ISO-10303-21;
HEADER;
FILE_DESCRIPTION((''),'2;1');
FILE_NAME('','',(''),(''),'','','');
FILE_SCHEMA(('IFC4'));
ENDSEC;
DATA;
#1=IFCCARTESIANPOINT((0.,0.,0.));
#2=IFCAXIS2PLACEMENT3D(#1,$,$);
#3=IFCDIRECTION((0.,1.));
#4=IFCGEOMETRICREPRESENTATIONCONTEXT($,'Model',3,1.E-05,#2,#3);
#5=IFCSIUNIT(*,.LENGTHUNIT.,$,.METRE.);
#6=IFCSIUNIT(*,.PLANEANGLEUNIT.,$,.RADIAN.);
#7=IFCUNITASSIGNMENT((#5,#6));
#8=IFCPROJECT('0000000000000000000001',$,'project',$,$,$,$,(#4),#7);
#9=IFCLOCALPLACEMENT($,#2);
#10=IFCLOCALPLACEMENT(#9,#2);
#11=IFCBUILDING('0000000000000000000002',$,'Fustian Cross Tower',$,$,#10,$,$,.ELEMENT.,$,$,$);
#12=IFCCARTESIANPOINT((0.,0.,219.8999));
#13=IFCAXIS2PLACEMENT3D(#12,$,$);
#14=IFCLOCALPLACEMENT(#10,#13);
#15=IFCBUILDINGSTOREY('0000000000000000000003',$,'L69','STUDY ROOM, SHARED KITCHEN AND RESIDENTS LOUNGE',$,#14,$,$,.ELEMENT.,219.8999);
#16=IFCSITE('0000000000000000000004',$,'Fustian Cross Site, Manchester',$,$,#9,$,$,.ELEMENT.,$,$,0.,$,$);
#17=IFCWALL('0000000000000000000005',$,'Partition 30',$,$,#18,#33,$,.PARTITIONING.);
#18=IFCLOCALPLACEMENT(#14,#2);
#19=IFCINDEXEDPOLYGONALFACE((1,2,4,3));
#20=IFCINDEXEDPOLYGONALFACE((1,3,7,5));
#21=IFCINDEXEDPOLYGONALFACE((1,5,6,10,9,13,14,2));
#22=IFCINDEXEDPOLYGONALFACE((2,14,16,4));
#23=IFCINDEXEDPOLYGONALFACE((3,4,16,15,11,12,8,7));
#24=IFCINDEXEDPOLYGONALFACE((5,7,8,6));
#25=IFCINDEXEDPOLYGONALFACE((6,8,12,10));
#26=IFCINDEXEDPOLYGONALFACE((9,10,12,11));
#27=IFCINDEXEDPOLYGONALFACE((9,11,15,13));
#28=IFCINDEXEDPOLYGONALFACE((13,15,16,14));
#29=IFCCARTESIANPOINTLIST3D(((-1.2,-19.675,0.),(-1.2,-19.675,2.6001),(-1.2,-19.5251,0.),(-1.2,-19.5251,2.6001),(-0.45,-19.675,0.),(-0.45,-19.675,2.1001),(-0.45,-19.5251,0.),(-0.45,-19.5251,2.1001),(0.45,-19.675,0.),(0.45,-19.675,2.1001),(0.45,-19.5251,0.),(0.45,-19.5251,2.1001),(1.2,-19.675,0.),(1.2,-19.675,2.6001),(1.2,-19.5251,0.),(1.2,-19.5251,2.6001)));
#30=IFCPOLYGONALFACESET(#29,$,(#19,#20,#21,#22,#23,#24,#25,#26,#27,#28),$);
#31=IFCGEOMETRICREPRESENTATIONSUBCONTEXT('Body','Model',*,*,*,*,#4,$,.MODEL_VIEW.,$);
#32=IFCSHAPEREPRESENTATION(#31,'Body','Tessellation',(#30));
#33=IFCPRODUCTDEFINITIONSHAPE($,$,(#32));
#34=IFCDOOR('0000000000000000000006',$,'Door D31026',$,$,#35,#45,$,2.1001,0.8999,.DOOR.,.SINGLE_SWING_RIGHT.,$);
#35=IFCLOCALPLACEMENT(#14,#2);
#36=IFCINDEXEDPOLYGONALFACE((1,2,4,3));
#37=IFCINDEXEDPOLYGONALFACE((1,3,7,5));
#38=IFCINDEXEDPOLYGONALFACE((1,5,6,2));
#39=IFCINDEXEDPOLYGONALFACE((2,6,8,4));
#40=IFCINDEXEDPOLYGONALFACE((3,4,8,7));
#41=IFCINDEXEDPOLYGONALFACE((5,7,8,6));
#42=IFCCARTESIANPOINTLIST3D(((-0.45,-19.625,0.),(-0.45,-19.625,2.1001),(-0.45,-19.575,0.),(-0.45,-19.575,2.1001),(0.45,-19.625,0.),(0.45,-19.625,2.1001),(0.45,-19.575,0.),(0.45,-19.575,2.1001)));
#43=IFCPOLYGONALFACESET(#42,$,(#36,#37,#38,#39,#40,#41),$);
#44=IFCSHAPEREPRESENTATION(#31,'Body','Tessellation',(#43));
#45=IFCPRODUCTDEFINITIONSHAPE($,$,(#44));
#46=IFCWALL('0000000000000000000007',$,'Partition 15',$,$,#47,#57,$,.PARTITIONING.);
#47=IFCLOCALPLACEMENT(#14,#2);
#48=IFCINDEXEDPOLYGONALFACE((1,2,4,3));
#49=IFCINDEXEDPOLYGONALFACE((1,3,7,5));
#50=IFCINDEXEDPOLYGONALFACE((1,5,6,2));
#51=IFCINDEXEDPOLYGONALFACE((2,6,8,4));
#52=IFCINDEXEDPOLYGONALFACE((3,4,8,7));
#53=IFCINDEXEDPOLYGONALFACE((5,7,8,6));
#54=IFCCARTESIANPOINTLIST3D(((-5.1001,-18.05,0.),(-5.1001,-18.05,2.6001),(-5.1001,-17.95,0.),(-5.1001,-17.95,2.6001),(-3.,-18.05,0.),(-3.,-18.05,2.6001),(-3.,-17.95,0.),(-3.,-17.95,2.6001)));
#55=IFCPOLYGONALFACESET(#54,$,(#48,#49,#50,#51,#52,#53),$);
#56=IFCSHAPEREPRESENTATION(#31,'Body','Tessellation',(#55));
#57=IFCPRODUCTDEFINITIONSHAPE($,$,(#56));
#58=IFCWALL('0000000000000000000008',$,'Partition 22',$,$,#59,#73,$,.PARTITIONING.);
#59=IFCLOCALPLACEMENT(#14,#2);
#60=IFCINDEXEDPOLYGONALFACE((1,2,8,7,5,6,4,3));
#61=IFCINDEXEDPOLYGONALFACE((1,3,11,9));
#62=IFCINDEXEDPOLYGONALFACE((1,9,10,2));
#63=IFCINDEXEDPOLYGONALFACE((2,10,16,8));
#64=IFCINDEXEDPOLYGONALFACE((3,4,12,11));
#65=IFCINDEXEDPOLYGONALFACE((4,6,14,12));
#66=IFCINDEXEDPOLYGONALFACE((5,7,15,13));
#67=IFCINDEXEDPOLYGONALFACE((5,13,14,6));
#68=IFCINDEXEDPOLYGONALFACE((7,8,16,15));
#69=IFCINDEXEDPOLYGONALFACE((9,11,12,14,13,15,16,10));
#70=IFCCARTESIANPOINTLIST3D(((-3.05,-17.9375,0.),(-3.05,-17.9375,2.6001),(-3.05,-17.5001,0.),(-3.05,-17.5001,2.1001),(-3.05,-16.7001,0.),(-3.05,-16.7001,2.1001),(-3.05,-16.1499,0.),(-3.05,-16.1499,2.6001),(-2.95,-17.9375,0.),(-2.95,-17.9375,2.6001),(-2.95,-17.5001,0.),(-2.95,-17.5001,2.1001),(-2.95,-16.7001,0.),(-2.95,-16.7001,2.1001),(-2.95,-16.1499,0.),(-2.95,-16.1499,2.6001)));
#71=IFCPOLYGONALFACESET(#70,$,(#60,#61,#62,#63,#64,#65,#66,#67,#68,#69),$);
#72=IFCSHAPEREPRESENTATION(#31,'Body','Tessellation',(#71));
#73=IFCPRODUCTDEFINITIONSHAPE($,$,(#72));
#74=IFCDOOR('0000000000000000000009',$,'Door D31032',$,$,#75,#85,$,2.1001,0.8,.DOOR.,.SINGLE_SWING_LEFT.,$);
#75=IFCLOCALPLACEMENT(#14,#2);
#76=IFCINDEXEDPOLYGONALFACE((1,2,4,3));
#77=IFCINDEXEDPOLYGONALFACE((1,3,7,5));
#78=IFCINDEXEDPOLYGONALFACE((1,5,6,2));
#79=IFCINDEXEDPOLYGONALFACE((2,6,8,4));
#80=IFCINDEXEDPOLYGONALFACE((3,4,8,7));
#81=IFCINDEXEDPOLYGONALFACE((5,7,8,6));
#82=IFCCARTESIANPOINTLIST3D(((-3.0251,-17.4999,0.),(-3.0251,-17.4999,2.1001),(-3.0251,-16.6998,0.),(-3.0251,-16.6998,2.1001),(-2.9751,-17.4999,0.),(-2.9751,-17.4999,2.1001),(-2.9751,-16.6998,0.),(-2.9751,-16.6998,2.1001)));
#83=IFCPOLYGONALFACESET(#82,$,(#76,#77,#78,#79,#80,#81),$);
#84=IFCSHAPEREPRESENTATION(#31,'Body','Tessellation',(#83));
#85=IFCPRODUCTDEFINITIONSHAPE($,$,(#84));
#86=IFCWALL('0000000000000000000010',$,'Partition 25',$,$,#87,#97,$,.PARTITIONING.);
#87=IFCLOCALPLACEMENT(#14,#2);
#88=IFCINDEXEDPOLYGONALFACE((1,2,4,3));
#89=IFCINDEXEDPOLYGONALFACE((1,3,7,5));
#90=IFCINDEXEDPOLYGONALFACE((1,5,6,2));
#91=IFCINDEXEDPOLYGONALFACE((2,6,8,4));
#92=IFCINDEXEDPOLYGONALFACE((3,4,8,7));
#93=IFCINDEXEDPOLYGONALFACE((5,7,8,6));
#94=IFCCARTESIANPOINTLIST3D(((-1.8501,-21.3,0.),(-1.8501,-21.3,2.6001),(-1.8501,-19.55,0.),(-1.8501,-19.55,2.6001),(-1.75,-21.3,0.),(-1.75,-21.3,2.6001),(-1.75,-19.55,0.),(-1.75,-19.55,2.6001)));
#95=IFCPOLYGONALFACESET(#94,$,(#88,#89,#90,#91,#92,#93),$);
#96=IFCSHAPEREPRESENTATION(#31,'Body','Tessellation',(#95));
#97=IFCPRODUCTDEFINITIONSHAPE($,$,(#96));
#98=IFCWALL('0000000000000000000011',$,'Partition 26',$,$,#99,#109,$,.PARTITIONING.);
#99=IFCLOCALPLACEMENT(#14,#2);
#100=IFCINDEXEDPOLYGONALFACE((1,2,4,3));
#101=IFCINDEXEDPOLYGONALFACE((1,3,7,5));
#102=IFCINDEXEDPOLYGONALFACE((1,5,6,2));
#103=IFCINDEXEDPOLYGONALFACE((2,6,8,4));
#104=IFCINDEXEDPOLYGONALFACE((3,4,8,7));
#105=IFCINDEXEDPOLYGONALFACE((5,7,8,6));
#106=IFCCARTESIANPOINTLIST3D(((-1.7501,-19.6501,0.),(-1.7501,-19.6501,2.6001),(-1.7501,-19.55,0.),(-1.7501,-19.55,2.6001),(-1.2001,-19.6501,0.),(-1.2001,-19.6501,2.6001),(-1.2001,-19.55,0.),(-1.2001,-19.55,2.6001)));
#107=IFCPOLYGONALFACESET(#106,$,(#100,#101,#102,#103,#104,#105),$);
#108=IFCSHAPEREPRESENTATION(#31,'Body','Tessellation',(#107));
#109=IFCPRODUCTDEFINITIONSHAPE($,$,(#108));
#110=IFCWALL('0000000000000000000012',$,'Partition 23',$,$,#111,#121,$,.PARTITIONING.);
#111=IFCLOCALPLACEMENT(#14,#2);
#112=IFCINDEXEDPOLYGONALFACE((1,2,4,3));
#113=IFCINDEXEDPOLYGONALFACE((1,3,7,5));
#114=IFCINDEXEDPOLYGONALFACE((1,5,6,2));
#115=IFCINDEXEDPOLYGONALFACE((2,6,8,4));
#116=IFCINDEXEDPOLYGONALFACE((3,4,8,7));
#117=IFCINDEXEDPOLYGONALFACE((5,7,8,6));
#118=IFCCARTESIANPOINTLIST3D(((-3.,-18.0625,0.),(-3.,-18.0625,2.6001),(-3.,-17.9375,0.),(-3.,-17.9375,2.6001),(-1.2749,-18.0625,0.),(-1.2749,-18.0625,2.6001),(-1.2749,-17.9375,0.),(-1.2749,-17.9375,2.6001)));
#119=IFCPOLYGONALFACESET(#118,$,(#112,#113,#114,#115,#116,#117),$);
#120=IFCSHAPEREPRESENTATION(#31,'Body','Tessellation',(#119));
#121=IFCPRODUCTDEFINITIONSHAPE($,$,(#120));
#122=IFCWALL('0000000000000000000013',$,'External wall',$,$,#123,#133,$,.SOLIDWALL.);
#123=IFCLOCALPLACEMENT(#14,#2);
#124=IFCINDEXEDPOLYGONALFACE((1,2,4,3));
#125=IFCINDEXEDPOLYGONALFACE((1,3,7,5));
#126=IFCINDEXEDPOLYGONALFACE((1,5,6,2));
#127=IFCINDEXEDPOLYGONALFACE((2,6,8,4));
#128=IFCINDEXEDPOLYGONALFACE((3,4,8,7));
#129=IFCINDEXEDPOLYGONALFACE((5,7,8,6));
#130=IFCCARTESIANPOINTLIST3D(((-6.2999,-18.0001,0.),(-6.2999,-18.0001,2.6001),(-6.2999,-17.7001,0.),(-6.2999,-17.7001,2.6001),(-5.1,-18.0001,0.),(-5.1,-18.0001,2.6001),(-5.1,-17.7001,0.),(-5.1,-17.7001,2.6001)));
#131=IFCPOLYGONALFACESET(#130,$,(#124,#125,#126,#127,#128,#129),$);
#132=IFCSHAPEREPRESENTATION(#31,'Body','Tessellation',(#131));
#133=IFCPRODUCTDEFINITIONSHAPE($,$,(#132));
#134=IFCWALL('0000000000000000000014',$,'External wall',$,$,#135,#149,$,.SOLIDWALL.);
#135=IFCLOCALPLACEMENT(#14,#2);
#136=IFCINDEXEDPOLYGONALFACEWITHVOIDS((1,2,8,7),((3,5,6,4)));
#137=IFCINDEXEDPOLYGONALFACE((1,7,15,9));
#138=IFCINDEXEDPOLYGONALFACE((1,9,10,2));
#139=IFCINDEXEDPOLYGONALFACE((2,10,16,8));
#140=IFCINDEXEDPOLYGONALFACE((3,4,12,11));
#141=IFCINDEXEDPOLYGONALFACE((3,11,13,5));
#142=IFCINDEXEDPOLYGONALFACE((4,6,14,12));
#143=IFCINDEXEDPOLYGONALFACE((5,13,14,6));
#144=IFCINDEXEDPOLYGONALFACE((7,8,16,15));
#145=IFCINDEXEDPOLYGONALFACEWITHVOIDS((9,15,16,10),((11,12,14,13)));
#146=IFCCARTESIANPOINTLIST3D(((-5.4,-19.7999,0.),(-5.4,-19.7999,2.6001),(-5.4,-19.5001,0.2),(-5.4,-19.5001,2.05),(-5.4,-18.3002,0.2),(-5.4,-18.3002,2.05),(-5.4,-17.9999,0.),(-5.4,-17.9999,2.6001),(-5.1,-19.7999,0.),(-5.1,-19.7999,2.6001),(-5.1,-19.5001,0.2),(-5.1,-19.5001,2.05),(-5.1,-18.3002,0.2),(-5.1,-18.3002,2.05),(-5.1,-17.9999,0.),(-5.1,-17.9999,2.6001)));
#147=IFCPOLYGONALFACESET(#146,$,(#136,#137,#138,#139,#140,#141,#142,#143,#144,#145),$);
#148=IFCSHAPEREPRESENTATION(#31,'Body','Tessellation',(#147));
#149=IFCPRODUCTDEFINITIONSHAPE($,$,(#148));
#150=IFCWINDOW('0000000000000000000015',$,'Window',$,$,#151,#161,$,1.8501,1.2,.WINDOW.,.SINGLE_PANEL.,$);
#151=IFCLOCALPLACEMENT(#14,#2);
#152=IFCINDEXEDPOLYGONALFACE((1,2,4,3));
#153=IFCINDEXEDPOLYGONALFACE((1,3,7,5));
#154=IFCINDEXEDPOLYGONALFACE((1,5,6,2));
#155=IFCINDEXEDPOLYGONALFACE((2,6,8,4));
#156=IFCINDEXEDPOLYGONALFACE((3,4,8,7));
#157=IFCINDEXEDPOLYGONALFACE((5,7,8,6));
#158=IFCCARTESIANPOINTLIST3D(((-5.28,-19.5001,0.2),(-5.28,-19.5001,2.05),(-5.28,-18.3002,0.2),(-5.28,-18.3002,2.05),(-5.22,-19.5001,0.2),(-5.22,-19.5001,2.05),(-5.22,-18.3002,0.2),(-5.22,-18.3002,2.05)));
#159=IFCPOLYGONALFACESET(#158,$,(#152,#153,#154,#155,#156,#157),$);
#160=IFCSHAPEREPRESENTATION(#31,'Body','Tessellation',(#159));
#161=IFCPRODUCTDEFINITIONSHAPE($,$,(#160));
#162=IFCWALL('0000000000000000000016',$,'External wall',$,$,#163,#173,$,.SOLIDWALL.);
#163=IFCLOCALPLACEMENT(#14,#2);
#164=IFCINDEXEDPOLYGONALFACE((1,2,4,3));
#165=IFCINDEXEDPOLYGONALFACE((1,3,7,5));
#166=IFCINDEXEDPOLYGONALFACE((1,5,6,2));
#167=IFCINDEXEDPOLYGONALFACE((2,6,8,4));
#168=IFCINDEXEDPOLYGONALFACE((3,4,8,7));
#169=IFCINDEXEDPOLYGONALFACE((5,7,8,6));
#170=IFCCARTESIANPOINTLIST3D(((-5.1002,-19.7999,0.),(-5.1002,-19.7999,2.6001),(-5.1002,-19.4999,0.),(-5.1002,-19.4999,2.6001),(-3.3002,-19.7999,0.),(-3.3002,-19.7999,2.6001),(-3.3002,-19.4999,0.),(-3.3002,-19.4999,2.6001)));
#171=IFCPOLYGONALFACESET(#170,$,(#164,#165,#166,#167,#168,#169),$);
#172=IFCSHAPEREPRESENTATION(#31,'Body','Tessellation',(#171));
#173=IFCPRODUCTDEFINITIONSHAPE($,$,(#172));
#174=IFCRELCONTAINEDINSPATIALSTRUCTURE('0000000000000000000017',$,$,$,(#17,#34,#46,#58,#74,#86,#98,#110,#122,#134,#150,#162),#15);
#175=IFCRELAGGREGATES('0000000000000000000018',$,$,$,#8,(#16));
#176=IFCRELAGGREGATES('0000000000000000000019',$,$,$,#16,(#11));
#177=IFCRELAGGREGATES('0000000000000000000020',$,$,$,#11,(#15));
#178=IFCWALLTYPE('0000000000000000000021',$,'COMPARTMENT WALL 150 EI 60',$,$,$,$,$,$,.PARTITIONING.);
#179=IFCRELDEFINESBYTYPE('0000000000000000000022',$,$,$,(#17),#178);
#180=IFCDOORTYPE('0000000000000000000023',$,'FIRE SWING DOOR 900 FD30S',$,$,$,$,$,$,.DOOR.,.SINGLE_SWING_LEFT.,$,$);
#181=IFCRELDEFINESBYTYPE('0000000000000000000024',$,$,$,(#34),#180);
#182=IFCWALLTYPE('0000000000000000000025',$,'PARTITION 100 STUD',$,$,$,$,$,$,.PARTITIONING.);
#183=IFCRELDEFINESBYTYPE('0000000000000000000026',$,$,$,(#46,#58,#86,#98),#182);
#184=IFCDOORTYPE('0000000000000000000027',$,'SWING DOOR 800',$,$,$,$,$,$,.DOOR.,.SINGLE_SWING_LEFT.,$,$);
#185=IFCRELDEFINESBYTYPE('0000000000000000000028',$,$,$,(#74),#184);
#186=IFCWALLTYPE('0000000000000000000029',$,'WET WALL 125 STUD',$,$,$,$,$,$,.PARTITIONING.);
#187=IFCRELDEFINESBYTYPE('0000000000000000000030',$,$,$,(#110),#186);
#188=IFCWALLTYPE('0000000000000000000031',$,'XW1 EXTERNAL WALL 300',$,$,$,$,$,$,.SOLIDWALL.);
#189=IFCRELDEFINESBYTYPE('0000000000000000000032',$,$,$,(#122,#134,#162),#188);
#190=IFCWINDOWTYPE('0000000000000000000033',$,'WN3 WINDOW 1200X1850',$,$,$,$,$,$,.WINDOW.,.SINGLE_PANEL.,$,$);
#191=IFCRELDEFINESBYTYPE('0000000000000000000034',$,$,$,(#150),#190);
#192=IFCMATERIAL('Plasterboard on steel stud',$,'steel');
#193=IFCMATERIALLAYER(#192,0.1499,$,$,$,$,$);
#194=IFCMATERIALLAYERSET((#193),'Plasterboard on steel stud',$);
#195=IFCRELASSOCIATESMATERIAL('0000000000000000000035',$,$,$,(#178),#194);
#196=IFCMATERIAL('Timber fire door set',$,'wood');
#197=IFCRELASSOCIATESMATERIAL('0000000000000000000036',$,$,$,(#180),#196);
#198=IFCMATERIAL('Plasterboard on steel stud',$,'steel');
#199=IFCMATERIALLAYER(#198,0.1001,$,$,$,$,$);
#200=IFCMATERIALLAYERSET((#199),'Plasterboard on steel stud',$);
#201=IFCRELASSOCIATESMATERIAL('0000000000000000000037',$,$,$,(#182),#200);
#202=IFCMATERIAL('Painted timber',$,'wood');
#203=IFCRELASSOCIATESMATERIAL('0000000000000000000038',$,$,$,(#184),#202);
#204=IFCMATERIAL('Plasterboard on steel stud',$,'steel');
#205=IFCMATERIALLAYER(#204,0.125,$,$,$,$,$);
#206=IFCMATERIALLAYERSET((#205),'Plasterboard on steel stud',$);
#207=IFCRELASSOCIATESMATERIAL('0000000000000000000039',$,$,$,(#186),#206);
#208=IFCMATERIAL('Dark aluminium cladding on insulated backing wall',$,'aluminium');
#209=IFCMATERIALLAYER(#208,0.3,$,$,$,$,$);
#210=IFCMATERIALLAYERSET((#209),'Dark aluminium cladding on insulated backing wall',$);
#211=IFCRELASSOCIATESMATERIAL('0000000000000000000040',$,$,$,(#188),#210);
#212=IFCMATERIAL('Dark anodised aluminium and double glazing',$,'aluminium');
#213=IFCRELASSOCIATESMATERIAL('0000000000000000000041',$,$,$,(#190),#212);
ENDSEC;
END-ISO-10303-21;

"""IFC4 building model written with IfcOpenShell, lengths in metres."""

from ifc_helpers import new_model, si_unit, direction, frame, frame_2d, origin, place, context, subcontext, project, spatial, rectangle, extrude, material, layer, layer_set, type_object, element, fill, save


model = new_model("IFC4")

# Units and contexts
model_context = context("Model", 3, precision=1e-05, world=origin(), true_north=direction((0.0, 1.0)))
body_context = subcontext(model_context, "Body", "Model", "MODEL_VIEW")
ifc_project = project(units=[si_unit("LENGTHUNIT", "METRE"), si_unit("PLANEANGLEUNIT", "RADIAN")], contexts=[model_context])

# Site, building, storey
site_placement = place(None, origin())
site = spatial("IfcSite", under=ifc_project, at=site_placement, Name="Fustian Cross Site, Manchester", CompositionType="ELEMENT", RefElevation=0.0)
building_placement = place(site_placement, origin())
building = spatial("IfcBuilding", under=site, at=building_placement, Name="Fustian Cross Tower", CompositionType="ELEMENT")
storey_placement = place(building_placement, frame((0.0, 0.0, 219.8999)))
storey = spatial("IfcBuildingStorey", under=building, at=storey_placement, Name="L69", Description="STUDY ROOM, SHARED KITCHEN AND RESIDENTS LOUNGE", CompositionType="ELEMENT", Elevation=219.8999)

# Shared definitions
ifc_material_1 = material(Name="Plasterboard on steel stud", Category="steel")
ifc_layer_1 = layer(ifc_material_1, 0.1499)
ifc_layer_set_1 = layer_set([ifc_layer_1], Name="Plasterboard on steel stud")
wall_type_1 = type_object("IfcWallType", Name="COMPARTMENT WALL 150 EI 60", PredefinedType="PARTITIONING", material=ifc_layer_set_1)
ifc_material_2 = material(Name="Timber fire door set", Category="wood")
door_type_1 = type_object("IfcDoorType", Name="FIRE SWING DOOR 900 FD30S", OperationType="SINGLE_SWING_LEFT", PredefinedType="DOOR", material=ifc_material_2)

# Wall, opening, door
wall_1_placement = place(storey_placement, frame((-1.2, -19.6001, 0.0), z_axis=(0.0, 0.0, 1.0), x_axis=(1.0, 0.0, 0.0)))
wall_1 = element("IfcWall", 1, at=wall_1_placement, inside=storey, type_object=wall_type_1, Name="Partition 30", PredefinedType="PARTITIONING", context=body_context, shape_type="SweptSolid", body=[
    extrude(rectangle(XDim=2.3999, YDim=0.1499, at=frame_2d((1.2, 0.0))), origin(), (0.0, 0.0, 1.0), 2.6001),
])
opening_1_placement = place(wall_1_placement, frame((0.75, 0.0, 0.0)))
opening_1 = element("IfcOpeningElement", 2, at=opening_1_placement, cuts=wall_1, PredefinedType="OPENING", context=body_context, shape_type="SweptSolid", body=[
    extrude(rectangle(XDim=0.8999, YDim=2.1001, at=frame_2d((0.45, 1.05))), frame((0.0, 0.085, 0.0), z_axis=(0.0, -1.0, 0.0), x_axis=(1.0, 0.0, 0.0)), (0.0, 0.0, 1.0), 0.1699),
])
door_1_placement = place(opening_1_placement, frame((0.8999, 0.0, 0.0), z_axis=(0.0, 0.0, 1.0), x_axis=(-1.0, 0.0, 0.0)))
door_1 = element("IfcDoor", 3, at=door_1_placement, inside=storey, type_object=door_type_1, Name="Door D31026", OperationType="SINGLE_SWING_RIGHT", OverallHeight=2.1001, OverallWidth=0.8999, PredefinedType="DOOR", context=body_context, shape_type="SweptSolid", body=[
    extrude(rectangle(XDim=0.8999, YDim=2.1001, at=frame_2d((0.45, 1.05))), frame((0.0, 0.0249, 0.0), z_axis=(0.0, -1.0, 0.0), x_axis=(1.0, 0.0, 0.0)), (0.0, 0.0, 1.0), 0.05),
])
fill(opening_1, door_1)

# Wall
ifc_material_3 = material(Name="Plasterboard on steel stud", Category="steel")
ifc_layer_2 = layer(ifc_material_3, 0.1001)
ifc_layer_set_2 = layer_set([ifc_layer_2], Name="Plasterboard on steel stud")
wall_type_2 = type_object("IfcWallType", Name="PARTITION 100 STUD", PredefinedType="PARTITIONING", material=ifc_layer_set_2)
wall_2_placement = place(storey_placement, frame((-5.1001, -18.0, 0.0), z_axis=(0.0, 0.0, 1.0), x_axis=(1.0, 0.0, 0.0)))
element("IfcWall", 4, at=wall_2_placement, inside=storey, type_object=wall_type_2, Name="Partition 15", PredefinedType="PARTITIONING", context=body_context, shape_type="SweptSolid", body=[
    extrude(rectangle(XDim=2.1001, YDim=0.1001, at=frame_2d((1.05, 0.0))), origin(), (0.0, 0.0, 1.0), 2.6001),
])

# Wall, opening, door
wall_3_placement = place(storey_placement, frame((-3.0, -17.9375, 0.0), z_axis=(0.0, 0.0, 1.0), x_axis=(0.0, 1.0, 0.0)))
wall_3 = element("IfcWall", 5, at=wall_3_placement, inside=storey, type_object=wall_type_2, Name="Partition 22", PredefinedType="PARTITIONING", context=body_context, shape_type="SweptSolid", body=[
    extrude(rectangle(XDim=1.7876, YDim=0.1001, at=frame_2d((0.8938, 0.0))), origin(), (0.0, 0.0, 1.0), 2.6001),
])
opening_2_placement = place(wall_3_placement, frame((0.4375, 0.0, 0.0)))
opening_2 = element("IfcOpeningElement", 6, at=opening_2_placement, cuts=wall_3, PredefinedType="OPENING", context=body_context, shape_type="SweptSolid", body=[
    extrude(rectangle(XDim=0.8, YDim=2.1001, at=frame_2d((0.3999, 1.05))), frame((0.0, 0.0601, 0.0), z_axis=(0.0, -1.0, 0.0), x_axis=(1.0, 0.0, 0.0)), (0.0, 0.0, 1.0), 0.1201),
])
ifc_material_4 = material(Name="Painted timber", Category="wood")
door_type_2 = type_object("IfcDoorType", Name="SWING DOOR 800", OperationType="SINGLE_SWING_LEFT", PredefinedType="DOOR", material=ifc_material_4)
door_2_placement = place(opening_2_placement, frame((0.8, 0.0, 0.0), z_axis=(0.0, 0.0, 1.0), x_axis=(-1.0, 0.0, 0.0)))
door_2 = element("IfcDoor", 7, at=door_2_placement, inside=storey, type_object=door_type_2, Name="Door D31032", OperationType="SINGLE_SWING_LEFT", OverallHeight=2.1001, OverallWidth=0.8, PredefinedType="DOOR", context=body_context, shape_type="SweptSolid", body=[
    extrude(rectangle(XDim=0.8, YDim=2.1001, at=frame_2d((0.3999, 1.05))), frame((0.0, 0.0249, 0.0), z_axis=(0.0, -1.0, 0.0), x_axis=(1.0, 0.0, 0.0)), (0.0, 0.0, 1.0), 0.05),
])
fill(opening_2, door_2)

# Walls
wall_4_placement = place(storey_placement, frame((-1.8, -21.3, 0.0), z_axis=(0.0, 0.0, 1.0), x_axis=(0.0, 1.0, 0.0)))
element("IfcWall", 8, at=wall_4_placement, inside=storey, type_object=wall_type_2, Name="Partition 25", PredefinedType="PARTITIONING", context=body_context, shape_type="SweptSolid", body=[
    extrude(rectangle(XDim=1.75, YDim=0.1001, at=frame_2d((0.875, 0.0))), origin(), (0.0, 0.0, 1.0), 2.6001),
])
wall_5_placement = place(storey_placement, frame((-1.75, -19.6001, 0.0), z_axis=(0.0, 0.0, 1.0), x_axis=(1.0, 0.0, 0.0)))
element("IfcWall", 9, at=wall_5_placement, inside=storey, type_object=wall_type_2, Name="Partition 26", PredefinedType="PARTITIONING", context=body_context, shape_type="SweptSolid", body=[
    extrude(rectangle(XDim=0.55, YDim=0.1001, at=frame_2d((0.2749, 0.0))), origin(), (0.0, 0.0, 1.0), 2.6001),
])
ifc_material_5 = material(Name="Plasterboard on steel stud", Category="steel")
ifc_layer_3 = layer(ifc_material_5, 0.125)
ifc_layer_set_3 = layer_set([ifc_layer_3], Name="Plasterboard on steel stud")
wall_type_3 = type_object("IfcWallType", Name="WET WALL 125 STUD", PredefinedType="PARTITIONING", material=ifc_layer_set_3)
wall_6_placement = place(storey_placement, frame((-3.0, -18.0, 0.0), z_axis=(0.0, 0.0, 1.0), x_axis=(1.0, 0.0, 0.0)))
element("IfcWall", 10, at=wall_6_placement, inside=storey, type_object=wall_type_3, Name="Partition 23", PredefinedType="PARTITIONING", context=body_context, shape_type="SweptSolid", body=[
    extrude(rectangle(XDim=1.7251, YDim=0.125, at=frame_2d((0.8625, 0.0))), origin(), (0.0, 0.0, 1.0), 2.6001),
])
ifc_material_6 = material(Name="Dark aluminium cladding on insulated backing wall", Category="aluminium")
ifc_layer_4 = layer(ifc_material_6, 0.3)
ifc_layer_set_4 = layer_set([ifc_layer_4], Name="Dark aluminium cladding on insulated backing wall")
wall_type_4 = type_object("IfcWallType", Name="XW1 EXTERNAL WALL 300", PredefinedType="SOLIDWALL", material=ifc_layer_set_4)
wall_7_placement = place(storey_placement, frame((-6.3, -17.8501, 0.0), z_axis=(0.0, 0.0, 1.0), x_axis=(1.0, 0.0, 0.0)))
element("IfcWall", 11, at=wall_7_placement, inside=storey, type_object=wall_type_4, Name="External wall", PredefinedType="SOLIDWALL", context=body_context, shape_type="SweptSolid", body=[
    extrude(rectangle(XDim=1.2, YDim=0.3, at=frame_2d((0.6001, 0.0))), origin(), (0.0, 0.0, 1.0), 2.6001),
])

# Wall, opening, window
wall_8_placement = place(storey_placement, frame((-5.25, -18.0, 0.0), z_axis=(0.0, 0.0, 1.0), x_axis=(0.0, -1.0, 0.0)))
wall_8 = element("IfcWall", 12, at=wall_8_placement, inside=storey, type_object=wall_type_4, Name="External wall", PredefinedType="SOLIDWALL", context=body_context, shape_type="SweptSolid", body=[
    extrude(rectangle(XDim=1.8, YDim=0.3, at=frame_2d((0.8999, 0.0))), origin(), (0.0, 0.0, 1.0), 2.6001),
])
opening_3_placement = place(wall_8_placement, frame((0.3, 0.0, 0.2)))
opening_3 = element("IfcOpeningElement", 13, at=opening_3_placement, cuts=wall_8, PredefinedType="OPENING", context=body_context, shape_type="SweptSolid", body=[
    extrude(rectangle(XDim=1.2, YDim=1.8501, at=frame_2d((0.6001, 0.925))), frame((0.0, 0.1599, 0.0), z_axis=(0.0, -1.0, 0.0), x_axis=(1.0, 0.0, 0.0)), (0.0, 0.0, 1.0), 0.3201),
])
ifc_material_7 = material(Name="Dark anodised aluminium and double glazing", Category="aluminium")
window_type_1 = type_object("IfcWindowType", Name="WN3 WINDOW 1200X1850", PartitioningType="SINGLE_PANEL", PredefinedType="WINDOW", material=ifc_material_7)
window_1_placement = place(opening_3_placement, origin())
window_1 = element("IfcWindow", 14, at=window_1_placement, inside=storey, type_object=window_type_1, Name="Window", OverallHeight=1.8501, OverallWidth=1.2, PartitioningType="SINGLE_PANEL", PredefinedType="WINDOW", context=body_context, shape_type="SweptSolid", body=[
    extrude(rectangle(XDim=1.2, YDim=1.8501, at=frame_2d((0.6001, 0.925))), frame((0.0, 0.03, 0.0), z_axis=(0.0, -1.0, 0.0), x_axis=(1.0, 0.0, 0.0)), (0.0, 0.0, 1.0), 0.0601),
])
fill(opening_3, window_1)

# Wall
wall_9_placement = place(storey_placement, frame((-5.1001, -19.6499, 0.0), z_axis=(0.0, 0.0, 1.0), x_axis=(1.0, 0.0, 0.0)))
element("IfcWall", 15, at=wall_9_placement, inside=storey, type_object=wall_type_4, Name="External wall", PredefinedType="SOLIDWALL", context=body_context, shape_type="SweptSolid", body=[
    extrude(rectangle(XDim=1.8, YDim=0.3, at=frame_2d((0.8999, 0.0))), origin(), (0.0, 0.0, 1.0), 2.6001),
])

save(model, "model.ifc")
